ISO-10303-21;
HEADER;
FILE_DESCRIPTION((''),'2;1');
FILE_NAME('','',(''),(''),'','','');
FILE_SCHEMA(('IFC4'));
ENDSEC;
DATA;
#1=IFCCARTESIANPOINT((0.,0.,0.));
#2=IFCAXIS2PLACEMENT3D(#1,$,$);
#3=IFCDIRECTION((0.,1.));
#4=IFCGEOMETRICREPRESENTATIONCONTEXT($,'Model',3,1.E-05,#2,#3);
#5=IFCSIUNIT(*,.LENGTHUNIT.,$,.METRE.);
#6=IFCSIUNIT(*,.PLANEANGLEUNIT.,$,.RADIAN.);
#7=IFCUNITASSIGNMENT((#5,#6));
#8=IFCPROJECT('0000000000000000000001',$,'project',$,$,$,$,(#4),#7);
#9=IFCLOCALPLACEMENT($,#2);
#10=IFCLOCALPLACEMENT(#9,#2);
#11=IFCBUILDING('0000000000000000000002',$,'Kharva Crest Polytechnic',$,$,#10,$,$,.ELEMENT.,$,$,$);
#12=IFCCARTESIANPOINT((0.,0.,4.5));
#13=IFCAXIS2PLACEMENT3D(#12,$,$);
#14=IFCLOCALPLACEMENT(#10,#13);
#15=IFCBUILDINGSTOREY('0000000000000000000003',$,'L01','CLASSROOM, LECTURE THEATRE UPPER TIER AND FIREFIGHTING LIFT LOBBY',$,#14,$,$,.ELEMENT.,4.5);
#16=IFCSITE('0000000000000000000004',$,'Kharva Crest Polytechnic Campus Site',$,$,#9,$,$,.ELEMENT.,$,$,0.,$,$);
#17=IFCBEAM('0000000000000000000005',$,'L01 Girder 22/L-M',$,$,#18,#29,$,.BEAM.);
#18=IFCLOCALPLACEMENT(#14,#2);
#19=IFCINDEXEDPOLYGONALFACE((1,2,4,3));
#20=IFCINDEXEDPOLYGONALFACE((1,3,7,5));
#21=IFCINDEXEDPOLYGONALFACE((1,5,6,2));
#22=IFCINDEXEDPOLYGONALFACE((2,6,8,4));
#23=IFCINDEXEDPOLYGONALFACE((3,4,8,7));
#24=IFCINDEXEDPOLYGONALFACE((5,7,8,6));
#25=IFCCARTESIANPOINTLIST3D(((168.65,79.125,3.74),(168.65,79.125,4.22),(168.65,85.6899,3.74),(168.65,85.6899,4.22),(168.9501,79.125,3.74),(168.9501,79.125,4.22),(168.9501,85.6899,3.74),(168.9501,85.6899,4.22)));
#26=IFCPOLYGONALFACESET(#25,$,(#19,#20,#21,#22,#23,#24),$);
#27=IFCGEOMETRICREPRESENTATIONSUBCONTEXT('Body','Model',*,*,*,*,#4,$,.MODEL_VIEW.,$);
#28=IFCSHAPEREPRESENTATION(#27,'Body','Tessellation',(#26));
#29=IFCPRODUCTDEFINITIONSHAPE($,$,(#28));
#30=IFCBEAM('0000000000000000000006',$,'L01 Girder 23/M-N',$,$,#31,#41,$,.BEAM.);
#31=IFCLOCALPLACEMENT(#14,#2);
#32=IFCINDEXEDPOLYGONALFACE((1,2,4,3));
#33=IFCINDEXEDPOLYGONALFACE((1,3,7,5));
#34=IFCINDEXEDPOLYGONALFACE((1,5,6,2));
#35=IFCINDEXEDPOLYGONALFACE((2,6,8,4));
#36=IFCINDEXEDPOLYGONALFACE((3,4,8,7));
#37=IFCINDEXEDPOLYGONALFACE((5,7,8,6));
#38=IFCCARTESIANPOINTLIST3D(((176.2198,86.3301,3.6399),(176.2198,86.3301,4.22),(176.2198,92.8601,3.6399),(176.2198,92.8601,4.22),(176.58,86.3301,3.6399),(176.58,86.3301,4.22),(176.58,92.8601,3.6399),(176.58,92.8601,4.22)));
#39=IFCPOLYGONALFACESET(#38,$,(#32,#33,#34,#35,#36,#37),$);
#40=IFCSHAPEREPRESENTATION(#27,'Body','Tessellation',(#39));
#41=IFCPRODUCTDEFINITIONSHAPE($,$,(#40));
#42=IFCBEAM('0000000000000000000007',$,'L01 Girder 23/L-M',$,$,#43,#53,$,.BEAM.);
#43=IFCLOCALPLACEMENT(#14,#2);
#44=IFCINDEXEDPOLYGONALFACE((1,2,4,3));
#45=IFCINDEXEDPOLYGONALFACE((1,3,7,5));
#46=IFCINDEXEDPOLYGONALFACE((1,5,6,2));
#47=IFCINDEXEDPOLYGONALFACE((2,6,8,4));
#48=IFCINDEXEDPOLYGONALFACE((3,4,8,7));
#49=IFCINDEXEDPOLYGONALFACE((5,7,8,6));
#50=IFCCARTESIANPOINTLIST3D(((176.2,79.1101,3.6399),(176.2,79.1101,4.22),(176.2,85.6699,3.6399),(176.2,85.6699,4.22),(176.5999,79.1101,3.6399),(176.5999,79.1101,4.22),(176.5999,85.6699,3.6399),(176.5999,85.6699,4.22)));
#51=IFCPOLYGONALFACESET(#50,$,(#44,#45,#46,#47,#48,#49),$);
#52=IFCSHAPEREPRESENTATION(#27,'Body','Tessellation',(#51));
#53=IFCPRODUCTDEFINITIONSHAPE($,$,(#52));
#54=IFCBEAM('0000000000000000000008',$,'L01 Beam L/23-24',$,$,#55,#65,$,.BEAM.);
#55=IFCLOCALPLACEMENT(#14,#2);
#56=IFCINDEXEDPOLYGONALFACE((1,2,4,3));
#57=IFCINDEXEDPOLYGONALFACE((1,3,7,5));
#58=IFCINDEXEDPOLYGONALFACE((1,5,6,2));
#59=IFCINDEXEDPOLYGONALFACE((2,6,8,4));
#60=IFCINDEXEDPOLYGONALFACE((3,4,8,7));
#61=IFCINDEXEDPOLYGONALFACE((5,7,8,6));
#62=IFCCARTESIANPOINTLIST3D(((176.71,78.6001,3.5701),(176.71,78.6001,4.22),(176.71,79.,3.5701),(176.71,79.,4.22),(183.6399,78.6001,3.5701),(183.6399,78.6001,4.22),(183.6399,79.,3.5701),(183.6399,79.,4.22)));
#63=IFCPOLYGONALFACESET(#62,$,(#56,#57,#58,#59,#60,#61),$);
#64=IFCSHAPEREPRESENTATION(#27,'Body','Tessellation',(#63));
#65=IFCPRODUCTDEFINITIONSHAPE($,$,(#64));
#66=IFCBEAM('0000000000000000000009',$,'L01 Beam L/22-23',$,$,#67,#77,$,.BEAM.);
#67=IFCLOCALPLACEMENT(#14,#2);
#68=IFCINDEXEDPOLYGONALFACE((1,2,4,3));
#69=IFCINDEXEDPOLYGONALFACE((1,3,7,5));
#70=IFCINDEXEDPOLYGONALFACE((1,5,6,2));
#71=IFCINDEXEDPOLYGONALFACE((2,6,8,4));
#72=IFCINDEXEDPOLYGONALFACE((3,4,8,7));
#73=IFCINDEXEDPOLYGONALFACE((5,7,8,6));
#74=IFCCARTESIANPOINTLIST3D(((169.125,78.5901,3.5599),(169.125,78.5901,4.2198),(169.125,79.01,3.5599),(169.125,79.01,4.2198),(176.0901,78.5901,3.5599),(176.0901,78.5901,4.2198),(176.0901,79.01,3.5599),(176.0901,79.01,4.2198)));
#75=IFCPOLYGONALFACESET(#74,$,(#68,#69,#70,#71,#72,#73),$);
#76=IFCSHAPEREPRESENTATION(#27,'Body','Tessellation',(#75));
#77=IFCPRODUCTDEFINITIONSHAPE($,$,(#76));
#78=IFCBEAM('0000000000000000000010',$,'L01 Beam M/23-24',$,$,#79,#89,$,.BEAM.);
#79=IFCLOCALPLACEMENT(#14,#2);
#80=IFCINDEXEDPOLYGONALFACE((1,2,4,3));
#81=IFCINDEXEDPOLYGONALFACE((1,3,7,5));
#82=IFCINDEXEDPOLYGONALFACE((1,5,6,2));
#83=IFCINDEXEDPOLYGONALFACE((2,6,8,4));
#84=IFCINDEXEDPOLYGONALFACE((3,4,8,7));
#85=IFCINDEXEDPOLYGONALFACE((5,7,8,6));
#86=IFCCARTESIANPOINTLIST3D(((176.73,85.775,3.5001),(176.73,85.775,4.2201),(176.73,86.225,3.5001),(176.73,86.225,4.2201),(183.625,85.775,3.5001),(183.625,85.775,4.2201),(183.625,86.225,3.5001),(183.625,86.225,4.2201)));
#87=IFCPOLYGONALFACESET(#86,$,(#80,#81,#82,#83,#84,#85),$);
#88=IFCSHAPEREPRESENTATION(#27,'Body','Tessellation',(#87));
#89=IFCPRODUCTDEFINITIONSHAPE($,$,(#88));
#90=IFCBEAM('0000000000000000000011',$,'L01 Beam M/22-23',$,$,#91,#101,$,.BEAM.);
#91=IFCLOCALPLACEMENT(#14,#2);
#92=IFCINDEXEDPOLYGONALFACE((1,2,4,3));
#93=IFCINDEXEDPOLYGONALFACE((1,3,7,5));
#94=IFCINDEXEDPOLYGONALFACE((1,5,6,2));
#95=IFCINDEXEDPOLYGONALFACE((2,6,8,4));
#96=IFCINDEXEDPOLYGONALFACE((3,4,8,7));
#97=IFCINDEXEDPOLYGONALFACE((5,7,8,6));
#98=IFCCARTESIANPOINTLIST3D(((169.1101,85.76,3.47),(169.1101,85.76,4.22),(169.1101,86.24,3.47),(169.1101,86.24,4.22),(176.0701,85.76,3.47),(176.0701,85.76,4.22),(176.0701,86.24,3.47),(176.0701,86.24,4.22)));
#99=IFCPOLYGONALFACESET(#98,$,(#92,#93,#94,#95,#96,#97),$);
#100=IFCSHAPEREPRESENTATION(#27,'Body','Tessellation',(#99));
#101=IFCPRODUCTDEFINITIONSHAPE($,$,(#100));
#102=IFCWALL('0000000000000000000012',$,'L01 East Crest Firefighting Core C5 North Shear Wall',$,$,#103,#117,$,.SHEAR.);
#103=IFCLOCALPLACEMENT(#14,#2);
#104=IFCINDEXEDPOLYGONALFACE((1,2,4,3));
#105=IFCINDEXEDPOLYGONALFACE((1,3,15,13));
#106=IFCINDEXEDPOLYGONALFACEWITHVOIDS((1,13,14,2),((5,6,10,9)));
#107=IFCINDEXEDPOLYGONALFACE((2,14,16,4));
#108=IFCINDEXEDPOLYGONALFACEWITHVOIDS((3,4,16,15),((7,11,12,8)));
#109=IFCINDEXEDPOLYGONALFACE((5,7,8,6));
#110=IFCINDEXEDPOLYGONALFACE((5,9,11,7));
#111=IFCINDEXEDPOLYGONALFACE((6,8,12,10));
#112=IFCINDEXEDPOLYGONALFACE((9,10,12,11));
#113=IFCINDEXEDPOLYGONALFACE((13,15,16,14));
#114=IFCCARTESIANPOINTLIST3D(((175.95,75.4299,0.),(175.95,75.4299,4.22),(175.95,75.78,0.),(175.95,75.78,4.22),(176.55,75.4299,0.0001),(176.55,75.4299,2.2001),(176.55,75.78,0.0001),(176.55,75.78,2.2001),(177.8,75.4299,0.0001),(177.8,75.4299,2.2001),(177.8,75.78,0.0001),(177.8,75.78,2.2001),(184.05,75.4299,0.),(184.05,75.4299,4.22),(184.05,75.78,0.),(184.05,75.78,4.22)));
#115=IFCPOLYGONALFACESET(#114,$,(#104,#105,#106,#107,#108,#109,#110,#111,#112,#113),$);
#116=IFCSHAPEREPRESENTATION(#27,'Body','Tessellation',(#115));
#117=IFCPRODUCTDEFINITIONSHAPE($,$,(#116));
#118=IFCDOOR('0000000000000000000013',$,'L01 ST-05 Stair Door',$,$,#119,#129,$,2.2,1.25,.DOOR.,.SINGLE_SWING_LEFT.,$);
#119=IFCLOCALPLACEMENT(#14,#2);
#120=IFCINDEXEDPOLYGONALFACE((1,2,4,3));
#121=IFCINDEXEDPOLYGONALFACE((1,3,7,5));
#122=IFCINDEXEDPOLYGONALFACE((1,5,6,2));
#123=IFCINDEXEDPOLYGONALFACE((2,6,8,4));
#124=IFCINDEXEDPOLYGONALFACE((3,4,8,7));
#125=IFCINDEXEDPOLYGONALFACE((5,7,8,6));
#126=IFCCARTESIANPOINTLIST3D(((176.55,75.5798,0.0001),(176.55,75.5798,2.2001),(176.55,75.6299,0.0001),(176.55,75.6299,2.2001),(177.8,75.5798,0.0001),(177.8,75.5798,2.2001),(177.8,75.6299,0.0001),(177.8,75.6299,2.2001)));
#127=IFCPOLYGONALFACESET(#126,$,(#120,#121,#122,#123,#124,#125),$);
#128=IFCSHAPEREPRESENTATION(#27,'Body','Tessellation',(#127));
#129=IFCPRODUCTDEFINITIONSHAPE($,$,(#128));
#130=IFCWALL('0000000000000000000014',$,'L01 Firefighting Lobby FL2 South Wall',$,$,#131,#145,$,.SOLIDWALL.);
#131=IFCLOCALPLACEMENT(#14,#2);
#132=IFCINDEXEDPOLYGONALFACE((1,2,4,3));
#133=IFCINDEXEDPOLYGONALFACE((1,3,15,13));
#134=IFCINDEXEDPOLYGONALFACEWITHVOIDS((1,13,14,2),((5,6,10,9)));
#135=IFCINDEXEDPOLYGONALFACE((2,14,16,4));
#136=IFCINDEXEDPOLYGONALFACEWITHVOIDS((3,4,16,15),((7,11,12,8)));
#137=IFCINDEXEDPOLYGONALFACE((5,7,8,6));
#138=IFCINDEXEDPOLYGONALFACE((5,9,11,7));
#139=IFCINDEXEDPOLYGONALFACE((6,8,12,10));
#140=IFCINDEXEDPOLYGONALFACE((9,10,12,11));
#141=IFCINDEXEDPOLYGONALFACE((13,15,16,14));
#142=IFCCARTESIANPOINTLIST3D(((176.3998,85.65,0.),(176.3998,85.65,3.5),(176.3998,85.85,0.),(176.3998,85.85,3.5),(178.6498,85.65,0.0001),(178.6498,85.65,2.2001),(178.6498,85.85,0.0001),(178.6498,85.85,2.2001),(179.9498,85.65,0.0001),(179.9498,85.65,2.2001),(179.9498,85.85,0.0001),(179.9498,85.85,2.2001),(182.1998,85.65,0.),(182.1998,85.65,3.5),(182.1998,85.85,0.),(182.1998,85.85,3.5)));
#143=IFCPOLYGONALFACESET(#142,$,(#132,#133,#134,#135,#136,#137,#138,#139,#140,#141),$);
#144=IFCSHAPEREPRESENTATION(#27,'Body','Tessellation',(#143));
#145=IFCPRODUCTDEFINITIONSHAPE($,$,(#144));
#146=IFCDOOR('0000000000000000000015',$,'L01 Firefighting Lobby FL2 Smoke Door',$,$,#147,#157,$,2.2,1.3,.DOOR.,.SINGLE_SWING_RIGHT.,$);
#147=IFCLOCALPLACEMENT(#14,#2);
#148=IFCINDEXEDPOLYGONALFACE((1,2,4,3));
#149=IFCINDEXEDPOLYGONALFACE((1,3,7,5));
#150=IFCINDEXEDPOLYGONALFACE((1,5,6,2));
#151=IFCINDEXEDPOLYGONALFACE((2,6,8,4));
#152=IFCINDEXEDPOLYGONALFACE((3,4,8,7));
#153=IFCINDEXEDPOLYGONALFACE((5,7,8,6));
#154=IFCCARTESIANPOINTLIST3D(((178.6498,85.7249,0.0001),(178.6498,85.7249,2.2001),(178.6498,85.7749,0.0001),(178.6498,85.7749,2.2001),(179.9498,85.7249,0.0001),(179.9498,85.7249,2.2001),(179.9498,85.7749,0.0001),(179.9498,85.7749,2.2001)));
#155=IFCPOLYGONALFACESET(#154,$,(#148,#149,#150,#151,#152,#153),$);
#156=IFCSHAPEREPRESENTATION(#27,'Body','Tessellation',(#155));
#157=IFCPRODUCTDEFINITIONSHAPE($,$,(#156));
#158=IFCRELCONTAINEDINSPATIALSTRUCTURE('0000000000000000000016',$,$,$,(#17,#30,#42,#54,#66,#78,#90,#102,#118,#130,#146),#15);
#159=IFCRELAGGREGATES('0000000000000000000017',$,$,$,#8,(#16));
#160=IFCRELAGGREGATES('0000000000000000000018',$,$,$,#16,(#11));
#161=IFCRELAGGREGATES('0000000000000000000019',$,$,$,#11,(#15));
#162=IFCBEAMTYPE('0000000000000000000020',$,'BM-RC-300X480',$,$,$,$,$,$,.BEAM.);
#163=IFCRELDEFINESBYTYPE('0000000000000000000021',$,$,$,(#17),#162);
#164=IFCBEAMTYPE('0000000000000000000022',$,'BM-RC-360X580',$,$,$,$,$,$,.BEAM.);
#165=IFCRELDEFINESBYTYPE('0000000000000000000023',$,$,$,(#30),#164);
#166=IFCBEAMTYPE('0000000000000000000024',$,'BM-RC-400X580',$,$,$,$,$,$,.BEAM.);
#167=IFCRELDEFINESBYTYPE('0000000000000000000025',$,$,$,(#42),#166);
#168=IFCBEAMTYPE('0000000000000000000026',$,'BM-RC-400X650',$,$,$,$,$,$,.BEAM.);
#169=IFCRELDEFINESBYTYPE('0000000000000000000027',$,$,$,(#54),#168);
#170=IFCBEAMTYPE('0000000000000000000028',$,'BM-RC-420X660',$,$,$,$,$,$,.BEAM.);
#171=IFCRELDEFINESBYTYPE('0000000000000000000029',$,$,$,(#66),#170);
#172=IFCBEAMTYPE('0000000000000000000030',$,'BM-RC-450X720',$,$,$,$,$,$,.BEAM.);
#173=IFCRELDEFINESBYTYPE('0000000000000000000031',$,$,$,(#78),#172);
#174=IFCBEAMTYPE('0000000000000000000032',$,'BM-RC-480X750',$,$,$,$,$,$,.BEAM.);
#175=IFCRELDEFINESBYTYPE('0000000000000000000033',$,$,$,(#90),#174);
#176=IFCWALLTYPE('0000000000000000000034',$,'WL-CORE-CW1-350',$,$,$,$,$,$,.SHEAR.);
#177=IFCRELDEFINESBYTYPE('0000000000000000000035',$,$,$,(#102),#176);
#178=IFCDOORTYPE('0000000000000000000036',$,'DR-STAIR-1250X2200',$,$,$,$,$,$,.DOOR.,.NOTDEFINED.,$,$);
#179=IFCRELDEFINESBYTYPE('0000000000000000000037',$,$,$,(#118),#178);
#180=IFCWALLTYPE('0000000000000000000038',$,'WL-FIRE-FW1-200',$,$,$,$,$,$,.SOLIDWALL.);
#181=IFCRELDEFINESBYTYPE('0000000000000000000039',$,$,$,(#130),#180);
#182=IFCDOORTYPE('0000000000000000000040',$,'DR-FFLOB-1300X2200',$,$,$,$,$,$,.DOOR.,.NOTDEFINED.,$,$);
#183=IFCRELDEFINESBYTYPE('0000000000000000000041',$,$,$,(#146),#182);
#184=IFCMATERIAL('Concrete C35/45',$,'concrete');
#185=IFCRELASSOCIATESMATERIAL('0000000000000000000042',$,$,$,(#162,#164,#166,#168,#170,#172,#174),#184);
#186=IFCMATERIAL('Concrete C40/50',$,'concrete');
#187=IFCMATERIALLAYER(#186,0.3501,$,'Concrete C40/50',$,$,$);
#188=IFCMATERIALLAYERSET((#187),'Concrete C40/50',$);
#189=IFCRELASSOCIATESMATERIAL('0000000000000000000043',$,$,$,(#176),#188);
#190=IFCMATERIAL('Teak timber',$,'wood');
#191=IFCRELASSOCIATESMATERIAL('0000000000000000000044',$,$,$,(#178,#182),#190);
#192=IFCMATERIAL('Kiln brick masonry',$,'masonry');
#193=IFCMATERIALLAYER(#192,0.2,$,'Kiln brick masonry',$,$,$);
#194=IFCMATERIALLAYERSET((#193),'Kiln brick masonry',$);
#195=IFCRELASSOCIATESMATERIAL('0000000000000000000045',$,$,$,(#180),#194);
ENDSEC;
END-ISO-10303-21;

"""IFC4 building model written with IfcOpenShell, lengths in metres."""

from ifc_helpers import new_model, si_unit, direction, frame, frame_2d, origin, origin_2d, place, context, subcontext, project, spatial, rectangle, extrude, material, layer, layer_set, material_profile, profile_set, type_object, element, fill, save


model = new_model("IFC4")

# Units and contexts
model_context = context("Model", 3, precision=1e-05, world=origin(), true_north=direction((0.0, 1.0)))
body_context = subcontext(model_context, "Body", "Model", "MODEL_VIEW")
ifc_project = project(units=[si_unit("LENGTHUNIT", "METRE"), si_unit("PLANEANGLEUNIT", "RADIAN")], contexts=[model_context])

# Site, building, storey
site_placement = place(None, origin())
site = spatial("IfcSite", under=ifc_project, at=site_placement, Name="Kharva Crest Polytechnic Campus Site", CompositionType="ELEMENT", RefElevation=0.0)
building_placement = place(site_placement, origin())
building = spatial("IfcBuilding", under=site, at=building_placement, Name="Kharva Crest Polytechnic", CompositionType="ELEMENT")
storey_placement = place(building_placement, frame((0.0, 0.0, 4.5)))
storey = spatial("IfcBuildingStorey", under=building, at=storey_placement, Name="L01", Description="CLASSROOM, LECTURE THEATRE UPPER TIER AND FIREFIGHTING LIFT LOBBY", CompositionType="ELEMENT", Elevation=4.5)

# Shared definitions
ifc_material_1 = material(Name="Concrete C40/50", Category="concrete")

# Beams
ifc_material_2 = material(Name="Concrete C35/45", Category="concrete")
ifc_material_profile_1 = material_profile(ifc_material_2, rectangle(XDim=0.3, YDim=0.48, at=origin_2d()), Name="RECT 300 X 480")
ifc_profile_set_1 = profile_set([ifc_material_profile_1], Name="Concrete C35/45")
beam_type_1 = type_object("IfcBeamType", Name="BM-RC-300X480", PredefinedType="BEAM", material=ifc_profile_set_1)
beam_1_placement = place(storey_placement, frame((168.8, 79.125, 3.98), z_axis=(0.0, 1.0, 0.0), x_axis=(-1.0, 0.0, 0.0)))
element("IfcBeam", 1, at=beam_1_placement, inside=storey, type_object=beam_type_1, Name="L01 Girder 22/L-M", PredefinedType="BEAM", context=body_context, shape_type="SweptSolid", body=[
    extrude(rectangle(XDim=0.3, YDim=0.48, at=origin_2d()), origin(), (0.0, 0.0, 1.0), 6.5649),
])
ifc_material_profile_2 = material_profile(ifc_material_2, rectangle(XDim=0.3601, YDim=0.5801, at=origin_2d()), Name="RECT 360 X 580")
ifc_profile_set_2 = profile_set([ifc_material_profile_2], Name="Concrete C35/45")
beam_type_2 = type_object("IfcBeamType", Name="BM-RC-360X580", PredefinedType="BEAM", material=ifc_profile_set_2)
beam_2_placement = place(storey_placement, frame((176.3999, 86.3301, 3.9299), z_axis=(0.0, 1.0, 0.0), x_axis=(-1.0, 0.0, 0.0)))
element("IfcBeam", 2, at=beam_2_placement, inside=storey, type_object=beam_type_2, Name="L01 Girder 23/M-N", PredefinedType="BEAM", context=body_context, shape_type="SweptSolid", body=[
    extrude(rectangle(XDim=0.3601, YDim=0.5801, at=origin_2d()), origin(), (0.0, 0.0, 1.0), 6.53),
])
ifc_material_profile_3 = material_profile(ifc_material_2, rectangle(XDim=0.3999, YDim=0.5801, at=origin_2d()), Name="RECT 400 X 580")
ifc_profile_set_3 = profile_set([ifc_material_profile_3], Name="Concrete C35/45")
beam_type_3 = type_object("IfcBeamType", Name="BM-RC-400X580", PredefinedType="BEAM", material=ifc_profile_set_3)
beam_3_placement = place(storey_placement, frame((176.3999, 79.1101, 3.9299), z_axis=(0.0, 1.0, 0.0), x_axis=(-1.0, 0.0, 0.0)))
element("IfcBeam", 3, at=beam_3_placement, inside=storey, type_object=beam_type_3, Name="L01 Girder 23/L-M", PredefinedType="BEAM", context=body_context, shape_type="SweptSolid", body=[
    extrude(rectangle(XDim=0.3999, YDim=0.5801, at=origin_2d()), origin(), (0.0, 0.0, 1.0), 6.5598),
])
ifc_material_profile_4 = material_profile(ifc_material_2, rectangle(XDim=0.3999, YDim=0.6499, at=origin_2d()), Name="RECT 400 X 650")
ifc_profile_set_4 = profile_set([ifc_material_profile_4], Name="Concrete C35/45")
beam_type_4 = type_object("IfcBeamType", Name="BM-RC-400X650", PredefinedType="BEAM", material=ifc_profile_set_4)
beam_4_placement = place(storey_placement, frame((176.71, 78.8, 3.895), z_axis=(1.0, 0.0, 0.0), x_axis=(0.0, 1.0, 0.0)))
element("IfcBeam", 4, at=beam_4_placement, inside=storey, type_object=beam_type_4, Name="L01 Beam L/23-24", PredefinedType="BEAM", context=body_context, shape_type="SweptSolid", body=[
    extrude(rectangle(XDim=0.3999, YDim=0.6499, at=origin_2d()), origin(), (0.0, 0.0, 1.0), 6.9299),
])
ifc_material_profile_5 = material_profile(ifc_material_2, rectangle(XDim=0.4199, YDim=0.6599, at=origin_2d()), Name="RECT 420 X 660")
ifc_profile_set_5 = profile_set([ifc_material_profile_5], Name="Concrete C35/45")
beam_type_5 = type_object("IfcBeamType", Name="BM-RC-420X660", PredefinedType="BEAM", material=ifc_profile_set_5)
beam_5_placement = place(storey_placement, frame((169.125, 78.8, 3.8899), z_axis=(1.0, 0.0, 0.0), x_axis=(0.0, 1.0, 0.0)))
element("IfcBeam", 5, at=beam_5_placement, inside=storey, type_object=beam_type_5, Name="L01 Beam L/22-23", PredefinedType="BEAM", context=body_context, shape_type="SweptSolid", body=[
    extrude(rectangle(XDim=0.4199, YDim=0.6599, at=origin_2d()), origin(), (0.0, 0.0, 1.0), 6.9651),
])
ifc_material_profile_6 = material_profile(ifc_material_2, rectangle(XDim=0.45, YDim=0.72, at=origin_2d()), Name="RECT 450 X 720")
ifc_profile_set_6 = profile_set([ifc_material_profile_6], Name="Concrete C35/45")
beam_type_6 = type_object("IfcBeamType", Name="BM-RC-450X720", PredefinedType="BEAM", material=ifc_profile_set_6)
beam_6_placement = place(storey_placement, frame((176.73, 86.0, 3.8601), z_axis=(1.0, 0.0, 0.0), x_axis=(0.0, 1.0, 0.0)))
element("IfcBeam", 6, at=beam_6_placement, inside=storey, type_object=beam_type_6, Name="L01 Beam M/23-24", PredefinedType="BEAM", context=body_context, shape_type="SweptSolid", body=[
    extrude(rectangle(XDim=0.45, YDim=0.72, at=origin_2d()), origin(), (0.0, 0.0, 1.0), 6.895),
])
ifc_material_profile_7 = material_profile(ifc_material_2, rectangle(XDim=0.48, YDim=0.75, at=origin_2d()), Name="RECT 480 X 750")
ifc_profile_set_7 = profile_set([ifc_material_profile_7], Name="Concrete C35/45")
beam_type_7 = type_object("IfcBeamType", Name="BM-RC-480X750", PredefinedType="BEAM", material=ifc_profile_set_7)
beam_7_placement = place(storey_placement, frame((169.1101, 86.0, 3.845), z_axis=(1.0, 0.0, 0.0), x_axis=(0.0, 1.0, 0.0)))
element("IfcBeam", 7, at=beam_7_placement, inside=storey, type_object=beam_type_7, Name="L01 Beam M/22-23", PredefinedType="BEAM", context=body_context, shape_type="SweptSolid", body=[
    extrude(rectangle(XDim=0.48, YDim=0.75, at=origin_2d()), origin(), (0.0, 0.0, 1.0), 6.96),
])

# Walls, openings, doors
ifc_layer_1 = layer(ifc_material_1, 0.3501, Name="Concrete C40/50")
ifc_layer_set_1 = layer_set([ifc_layer_1], Name="Concrete C40/50")
wall_type_1 = type_object("IfcWallType", Name="WL-CORE-CW1-350", PredefinedType="SHEAR", material=ifc_layer_set_1)
wall_1_placement = place(storey_placement, frame((175.95, 75.605, 0.0), z_axis=(0.0, 0.0, 1.0), x_axis=(1.0, 0.0, 0.0)))
wall_1 = element("IfcWall", 8, at=wall_1_placement, inside=storey, type_object=wall_type_1, Name="L01 East Crest Firefighting Core C5 North Shear Wall", PredefinedType="SHEAR", context=body_context, shape_type="SweptSolid", body=[
    extrude(rectangle(XDim=8.1001, YDim=0.3501, at=frame_2d((4.05, 0.0))), origin(), (0.0, 0.0, 1.0), 4.22),
])
opening_1_placement = place(wall_1_placement, frame((0.6001, 0.0, 0.0)))
opening_1 = element("IfcOpeningElement", 9, at=opening_1_placement, cuts=wall_1, PredefinedType="OPENING", context=body_context, shape_type="SweptSolid", body=[
    extrude(rectangle(XDim=1.25, YDim=2.2, at=frame_2d((0.625, 1.1001))), frame((0.0, 0.1851, 0.0), z_axis=(0.0, -1.0, 0.0), x_axis=(1.0, 0.0, 0.0)), (0.0, 0.0, 1.0), 0.3701),
])
ifc_material_3 = material(Name="Teak timber", Category="wood")
door_type_1 = type_object("IfcDoorType", Name="DR-STAIR-1250X2200", OperationType="NOTDEFINED", PredefinedType="DOOR", material=ifc_material_3)
door_1_placement = place(opening_1_placement, origin())
door_1 = element("IfcDoor", 10, at=door_1_placement, inside=storey, type_object=door_type_1, Name="L01 ST-05 Stair Door", OperationType="SINGLE_SWING_LEFT", OverallHeight=2.2, OverallWidth=1.25, PredefinedType="DOOR", context=body_context, shape_type="SweptSolid", body=[
    extrude(rectangle(XDim=1.25, YDim=2.2, at=frame_2d((0.625, 1.1001))), frame((0.0, 0.0249, 0.0), z_axis=(0.0, -1.0, 0.0), x_axis=(1.0, 0.0, 0.0)), (0.0, 0.0, 1.0), 0.05),
])
fill(opening_1, door_1)
ifc_material_4 = material(Name="Kiln brick masonry", Category="masonry")
ifc_layer_2 = layer(ifc_material_4, 0.2, Name="Kiln brick masonry")
ifc_layer_set_2 = layer_set([ifc_layer_2], Name="Kiln brick masonry")
wall_type_2 = type_object("IfcWallType", Name="WL-FIRE-FW1-200", PredefinedType="SOLIDWALL", material=ifc_layer_set_2)
wall_2_placement = place(storey_placement, frame((176.3999, 85.75, 0.0), z_axis=(0.0, 0.0, 1.0), x_axis=(1.0, 0.0, 0.0)))
wall_2 = element("IfcWall", 11, at=wall_2_placement, inside=storey, type_object=wall_type_2, Name="L01 Firefighting Lobby FL2 South Wall", PredefinedType="SOLIDWALL", context=body_context, shape_type="SweptSolid", body=[
    extrude(rectangle(XDim=5.8, YDim=0.2, at=frame_2d((2.8999, 0.0))), origin(), (0.0, 0.0, 1.0), 3.5),
])
opening_2_placement = place(wall_2_placement, frame((2.25, 0.0, 0.0)))
opening_2 = element("IfcOpeningElement", 12, at=opening_2_placement, cuts=wall_2, PredefinedType="OPENING", context=body_context, shape_type="SweptSolid", body=[
    extrude(rectangle(XDim=1.3, YDim=2.2, at=frame_2d((0.6499, 1.1001))), frame((0.0, 0.1099, 0.0), z_axis=(0.0, -1.0, 0.0), x_axis=(1.0, 0.0, 0.0)), (0.0, 0.0, 1.0), 0.22),
])
door_type_2 = type_object("IfcDoorType", Name="DR-FFLOB-1300X2200", OperationType="NOTDEFINED", PredefinedType="DOOR", material=ifc_material_3)
door_2_placement = place(opening_2_placement, origin())
door_2 = element("IfcDoor", 13, at=door_2_placement, inside=storey, type_object=door_type_2, Name="L01 Firefighting Lobby FL2 Smoke Door", OperationType="SINGLE_SWING_RIGHT", OverallHeight=2.2, OverallWidth=1.3, PredefinedType="DOOR", context=body_context, shape_type="SweptSolid", body=[
    extrude(rectangle(XDim=1.3, YDim=2.2, at=frame_2d((0.6499, 1.1001))), frame((0.0, 0.0249, 0.0), z_axis=(0.0, -1.0, 0.0), x_axis=(1.0, 0.0, 0.0)), (0.0, 0.0, 1.0), 0.05),
])
fill(opening_2, door_2)

save(model, "model.ifc")
